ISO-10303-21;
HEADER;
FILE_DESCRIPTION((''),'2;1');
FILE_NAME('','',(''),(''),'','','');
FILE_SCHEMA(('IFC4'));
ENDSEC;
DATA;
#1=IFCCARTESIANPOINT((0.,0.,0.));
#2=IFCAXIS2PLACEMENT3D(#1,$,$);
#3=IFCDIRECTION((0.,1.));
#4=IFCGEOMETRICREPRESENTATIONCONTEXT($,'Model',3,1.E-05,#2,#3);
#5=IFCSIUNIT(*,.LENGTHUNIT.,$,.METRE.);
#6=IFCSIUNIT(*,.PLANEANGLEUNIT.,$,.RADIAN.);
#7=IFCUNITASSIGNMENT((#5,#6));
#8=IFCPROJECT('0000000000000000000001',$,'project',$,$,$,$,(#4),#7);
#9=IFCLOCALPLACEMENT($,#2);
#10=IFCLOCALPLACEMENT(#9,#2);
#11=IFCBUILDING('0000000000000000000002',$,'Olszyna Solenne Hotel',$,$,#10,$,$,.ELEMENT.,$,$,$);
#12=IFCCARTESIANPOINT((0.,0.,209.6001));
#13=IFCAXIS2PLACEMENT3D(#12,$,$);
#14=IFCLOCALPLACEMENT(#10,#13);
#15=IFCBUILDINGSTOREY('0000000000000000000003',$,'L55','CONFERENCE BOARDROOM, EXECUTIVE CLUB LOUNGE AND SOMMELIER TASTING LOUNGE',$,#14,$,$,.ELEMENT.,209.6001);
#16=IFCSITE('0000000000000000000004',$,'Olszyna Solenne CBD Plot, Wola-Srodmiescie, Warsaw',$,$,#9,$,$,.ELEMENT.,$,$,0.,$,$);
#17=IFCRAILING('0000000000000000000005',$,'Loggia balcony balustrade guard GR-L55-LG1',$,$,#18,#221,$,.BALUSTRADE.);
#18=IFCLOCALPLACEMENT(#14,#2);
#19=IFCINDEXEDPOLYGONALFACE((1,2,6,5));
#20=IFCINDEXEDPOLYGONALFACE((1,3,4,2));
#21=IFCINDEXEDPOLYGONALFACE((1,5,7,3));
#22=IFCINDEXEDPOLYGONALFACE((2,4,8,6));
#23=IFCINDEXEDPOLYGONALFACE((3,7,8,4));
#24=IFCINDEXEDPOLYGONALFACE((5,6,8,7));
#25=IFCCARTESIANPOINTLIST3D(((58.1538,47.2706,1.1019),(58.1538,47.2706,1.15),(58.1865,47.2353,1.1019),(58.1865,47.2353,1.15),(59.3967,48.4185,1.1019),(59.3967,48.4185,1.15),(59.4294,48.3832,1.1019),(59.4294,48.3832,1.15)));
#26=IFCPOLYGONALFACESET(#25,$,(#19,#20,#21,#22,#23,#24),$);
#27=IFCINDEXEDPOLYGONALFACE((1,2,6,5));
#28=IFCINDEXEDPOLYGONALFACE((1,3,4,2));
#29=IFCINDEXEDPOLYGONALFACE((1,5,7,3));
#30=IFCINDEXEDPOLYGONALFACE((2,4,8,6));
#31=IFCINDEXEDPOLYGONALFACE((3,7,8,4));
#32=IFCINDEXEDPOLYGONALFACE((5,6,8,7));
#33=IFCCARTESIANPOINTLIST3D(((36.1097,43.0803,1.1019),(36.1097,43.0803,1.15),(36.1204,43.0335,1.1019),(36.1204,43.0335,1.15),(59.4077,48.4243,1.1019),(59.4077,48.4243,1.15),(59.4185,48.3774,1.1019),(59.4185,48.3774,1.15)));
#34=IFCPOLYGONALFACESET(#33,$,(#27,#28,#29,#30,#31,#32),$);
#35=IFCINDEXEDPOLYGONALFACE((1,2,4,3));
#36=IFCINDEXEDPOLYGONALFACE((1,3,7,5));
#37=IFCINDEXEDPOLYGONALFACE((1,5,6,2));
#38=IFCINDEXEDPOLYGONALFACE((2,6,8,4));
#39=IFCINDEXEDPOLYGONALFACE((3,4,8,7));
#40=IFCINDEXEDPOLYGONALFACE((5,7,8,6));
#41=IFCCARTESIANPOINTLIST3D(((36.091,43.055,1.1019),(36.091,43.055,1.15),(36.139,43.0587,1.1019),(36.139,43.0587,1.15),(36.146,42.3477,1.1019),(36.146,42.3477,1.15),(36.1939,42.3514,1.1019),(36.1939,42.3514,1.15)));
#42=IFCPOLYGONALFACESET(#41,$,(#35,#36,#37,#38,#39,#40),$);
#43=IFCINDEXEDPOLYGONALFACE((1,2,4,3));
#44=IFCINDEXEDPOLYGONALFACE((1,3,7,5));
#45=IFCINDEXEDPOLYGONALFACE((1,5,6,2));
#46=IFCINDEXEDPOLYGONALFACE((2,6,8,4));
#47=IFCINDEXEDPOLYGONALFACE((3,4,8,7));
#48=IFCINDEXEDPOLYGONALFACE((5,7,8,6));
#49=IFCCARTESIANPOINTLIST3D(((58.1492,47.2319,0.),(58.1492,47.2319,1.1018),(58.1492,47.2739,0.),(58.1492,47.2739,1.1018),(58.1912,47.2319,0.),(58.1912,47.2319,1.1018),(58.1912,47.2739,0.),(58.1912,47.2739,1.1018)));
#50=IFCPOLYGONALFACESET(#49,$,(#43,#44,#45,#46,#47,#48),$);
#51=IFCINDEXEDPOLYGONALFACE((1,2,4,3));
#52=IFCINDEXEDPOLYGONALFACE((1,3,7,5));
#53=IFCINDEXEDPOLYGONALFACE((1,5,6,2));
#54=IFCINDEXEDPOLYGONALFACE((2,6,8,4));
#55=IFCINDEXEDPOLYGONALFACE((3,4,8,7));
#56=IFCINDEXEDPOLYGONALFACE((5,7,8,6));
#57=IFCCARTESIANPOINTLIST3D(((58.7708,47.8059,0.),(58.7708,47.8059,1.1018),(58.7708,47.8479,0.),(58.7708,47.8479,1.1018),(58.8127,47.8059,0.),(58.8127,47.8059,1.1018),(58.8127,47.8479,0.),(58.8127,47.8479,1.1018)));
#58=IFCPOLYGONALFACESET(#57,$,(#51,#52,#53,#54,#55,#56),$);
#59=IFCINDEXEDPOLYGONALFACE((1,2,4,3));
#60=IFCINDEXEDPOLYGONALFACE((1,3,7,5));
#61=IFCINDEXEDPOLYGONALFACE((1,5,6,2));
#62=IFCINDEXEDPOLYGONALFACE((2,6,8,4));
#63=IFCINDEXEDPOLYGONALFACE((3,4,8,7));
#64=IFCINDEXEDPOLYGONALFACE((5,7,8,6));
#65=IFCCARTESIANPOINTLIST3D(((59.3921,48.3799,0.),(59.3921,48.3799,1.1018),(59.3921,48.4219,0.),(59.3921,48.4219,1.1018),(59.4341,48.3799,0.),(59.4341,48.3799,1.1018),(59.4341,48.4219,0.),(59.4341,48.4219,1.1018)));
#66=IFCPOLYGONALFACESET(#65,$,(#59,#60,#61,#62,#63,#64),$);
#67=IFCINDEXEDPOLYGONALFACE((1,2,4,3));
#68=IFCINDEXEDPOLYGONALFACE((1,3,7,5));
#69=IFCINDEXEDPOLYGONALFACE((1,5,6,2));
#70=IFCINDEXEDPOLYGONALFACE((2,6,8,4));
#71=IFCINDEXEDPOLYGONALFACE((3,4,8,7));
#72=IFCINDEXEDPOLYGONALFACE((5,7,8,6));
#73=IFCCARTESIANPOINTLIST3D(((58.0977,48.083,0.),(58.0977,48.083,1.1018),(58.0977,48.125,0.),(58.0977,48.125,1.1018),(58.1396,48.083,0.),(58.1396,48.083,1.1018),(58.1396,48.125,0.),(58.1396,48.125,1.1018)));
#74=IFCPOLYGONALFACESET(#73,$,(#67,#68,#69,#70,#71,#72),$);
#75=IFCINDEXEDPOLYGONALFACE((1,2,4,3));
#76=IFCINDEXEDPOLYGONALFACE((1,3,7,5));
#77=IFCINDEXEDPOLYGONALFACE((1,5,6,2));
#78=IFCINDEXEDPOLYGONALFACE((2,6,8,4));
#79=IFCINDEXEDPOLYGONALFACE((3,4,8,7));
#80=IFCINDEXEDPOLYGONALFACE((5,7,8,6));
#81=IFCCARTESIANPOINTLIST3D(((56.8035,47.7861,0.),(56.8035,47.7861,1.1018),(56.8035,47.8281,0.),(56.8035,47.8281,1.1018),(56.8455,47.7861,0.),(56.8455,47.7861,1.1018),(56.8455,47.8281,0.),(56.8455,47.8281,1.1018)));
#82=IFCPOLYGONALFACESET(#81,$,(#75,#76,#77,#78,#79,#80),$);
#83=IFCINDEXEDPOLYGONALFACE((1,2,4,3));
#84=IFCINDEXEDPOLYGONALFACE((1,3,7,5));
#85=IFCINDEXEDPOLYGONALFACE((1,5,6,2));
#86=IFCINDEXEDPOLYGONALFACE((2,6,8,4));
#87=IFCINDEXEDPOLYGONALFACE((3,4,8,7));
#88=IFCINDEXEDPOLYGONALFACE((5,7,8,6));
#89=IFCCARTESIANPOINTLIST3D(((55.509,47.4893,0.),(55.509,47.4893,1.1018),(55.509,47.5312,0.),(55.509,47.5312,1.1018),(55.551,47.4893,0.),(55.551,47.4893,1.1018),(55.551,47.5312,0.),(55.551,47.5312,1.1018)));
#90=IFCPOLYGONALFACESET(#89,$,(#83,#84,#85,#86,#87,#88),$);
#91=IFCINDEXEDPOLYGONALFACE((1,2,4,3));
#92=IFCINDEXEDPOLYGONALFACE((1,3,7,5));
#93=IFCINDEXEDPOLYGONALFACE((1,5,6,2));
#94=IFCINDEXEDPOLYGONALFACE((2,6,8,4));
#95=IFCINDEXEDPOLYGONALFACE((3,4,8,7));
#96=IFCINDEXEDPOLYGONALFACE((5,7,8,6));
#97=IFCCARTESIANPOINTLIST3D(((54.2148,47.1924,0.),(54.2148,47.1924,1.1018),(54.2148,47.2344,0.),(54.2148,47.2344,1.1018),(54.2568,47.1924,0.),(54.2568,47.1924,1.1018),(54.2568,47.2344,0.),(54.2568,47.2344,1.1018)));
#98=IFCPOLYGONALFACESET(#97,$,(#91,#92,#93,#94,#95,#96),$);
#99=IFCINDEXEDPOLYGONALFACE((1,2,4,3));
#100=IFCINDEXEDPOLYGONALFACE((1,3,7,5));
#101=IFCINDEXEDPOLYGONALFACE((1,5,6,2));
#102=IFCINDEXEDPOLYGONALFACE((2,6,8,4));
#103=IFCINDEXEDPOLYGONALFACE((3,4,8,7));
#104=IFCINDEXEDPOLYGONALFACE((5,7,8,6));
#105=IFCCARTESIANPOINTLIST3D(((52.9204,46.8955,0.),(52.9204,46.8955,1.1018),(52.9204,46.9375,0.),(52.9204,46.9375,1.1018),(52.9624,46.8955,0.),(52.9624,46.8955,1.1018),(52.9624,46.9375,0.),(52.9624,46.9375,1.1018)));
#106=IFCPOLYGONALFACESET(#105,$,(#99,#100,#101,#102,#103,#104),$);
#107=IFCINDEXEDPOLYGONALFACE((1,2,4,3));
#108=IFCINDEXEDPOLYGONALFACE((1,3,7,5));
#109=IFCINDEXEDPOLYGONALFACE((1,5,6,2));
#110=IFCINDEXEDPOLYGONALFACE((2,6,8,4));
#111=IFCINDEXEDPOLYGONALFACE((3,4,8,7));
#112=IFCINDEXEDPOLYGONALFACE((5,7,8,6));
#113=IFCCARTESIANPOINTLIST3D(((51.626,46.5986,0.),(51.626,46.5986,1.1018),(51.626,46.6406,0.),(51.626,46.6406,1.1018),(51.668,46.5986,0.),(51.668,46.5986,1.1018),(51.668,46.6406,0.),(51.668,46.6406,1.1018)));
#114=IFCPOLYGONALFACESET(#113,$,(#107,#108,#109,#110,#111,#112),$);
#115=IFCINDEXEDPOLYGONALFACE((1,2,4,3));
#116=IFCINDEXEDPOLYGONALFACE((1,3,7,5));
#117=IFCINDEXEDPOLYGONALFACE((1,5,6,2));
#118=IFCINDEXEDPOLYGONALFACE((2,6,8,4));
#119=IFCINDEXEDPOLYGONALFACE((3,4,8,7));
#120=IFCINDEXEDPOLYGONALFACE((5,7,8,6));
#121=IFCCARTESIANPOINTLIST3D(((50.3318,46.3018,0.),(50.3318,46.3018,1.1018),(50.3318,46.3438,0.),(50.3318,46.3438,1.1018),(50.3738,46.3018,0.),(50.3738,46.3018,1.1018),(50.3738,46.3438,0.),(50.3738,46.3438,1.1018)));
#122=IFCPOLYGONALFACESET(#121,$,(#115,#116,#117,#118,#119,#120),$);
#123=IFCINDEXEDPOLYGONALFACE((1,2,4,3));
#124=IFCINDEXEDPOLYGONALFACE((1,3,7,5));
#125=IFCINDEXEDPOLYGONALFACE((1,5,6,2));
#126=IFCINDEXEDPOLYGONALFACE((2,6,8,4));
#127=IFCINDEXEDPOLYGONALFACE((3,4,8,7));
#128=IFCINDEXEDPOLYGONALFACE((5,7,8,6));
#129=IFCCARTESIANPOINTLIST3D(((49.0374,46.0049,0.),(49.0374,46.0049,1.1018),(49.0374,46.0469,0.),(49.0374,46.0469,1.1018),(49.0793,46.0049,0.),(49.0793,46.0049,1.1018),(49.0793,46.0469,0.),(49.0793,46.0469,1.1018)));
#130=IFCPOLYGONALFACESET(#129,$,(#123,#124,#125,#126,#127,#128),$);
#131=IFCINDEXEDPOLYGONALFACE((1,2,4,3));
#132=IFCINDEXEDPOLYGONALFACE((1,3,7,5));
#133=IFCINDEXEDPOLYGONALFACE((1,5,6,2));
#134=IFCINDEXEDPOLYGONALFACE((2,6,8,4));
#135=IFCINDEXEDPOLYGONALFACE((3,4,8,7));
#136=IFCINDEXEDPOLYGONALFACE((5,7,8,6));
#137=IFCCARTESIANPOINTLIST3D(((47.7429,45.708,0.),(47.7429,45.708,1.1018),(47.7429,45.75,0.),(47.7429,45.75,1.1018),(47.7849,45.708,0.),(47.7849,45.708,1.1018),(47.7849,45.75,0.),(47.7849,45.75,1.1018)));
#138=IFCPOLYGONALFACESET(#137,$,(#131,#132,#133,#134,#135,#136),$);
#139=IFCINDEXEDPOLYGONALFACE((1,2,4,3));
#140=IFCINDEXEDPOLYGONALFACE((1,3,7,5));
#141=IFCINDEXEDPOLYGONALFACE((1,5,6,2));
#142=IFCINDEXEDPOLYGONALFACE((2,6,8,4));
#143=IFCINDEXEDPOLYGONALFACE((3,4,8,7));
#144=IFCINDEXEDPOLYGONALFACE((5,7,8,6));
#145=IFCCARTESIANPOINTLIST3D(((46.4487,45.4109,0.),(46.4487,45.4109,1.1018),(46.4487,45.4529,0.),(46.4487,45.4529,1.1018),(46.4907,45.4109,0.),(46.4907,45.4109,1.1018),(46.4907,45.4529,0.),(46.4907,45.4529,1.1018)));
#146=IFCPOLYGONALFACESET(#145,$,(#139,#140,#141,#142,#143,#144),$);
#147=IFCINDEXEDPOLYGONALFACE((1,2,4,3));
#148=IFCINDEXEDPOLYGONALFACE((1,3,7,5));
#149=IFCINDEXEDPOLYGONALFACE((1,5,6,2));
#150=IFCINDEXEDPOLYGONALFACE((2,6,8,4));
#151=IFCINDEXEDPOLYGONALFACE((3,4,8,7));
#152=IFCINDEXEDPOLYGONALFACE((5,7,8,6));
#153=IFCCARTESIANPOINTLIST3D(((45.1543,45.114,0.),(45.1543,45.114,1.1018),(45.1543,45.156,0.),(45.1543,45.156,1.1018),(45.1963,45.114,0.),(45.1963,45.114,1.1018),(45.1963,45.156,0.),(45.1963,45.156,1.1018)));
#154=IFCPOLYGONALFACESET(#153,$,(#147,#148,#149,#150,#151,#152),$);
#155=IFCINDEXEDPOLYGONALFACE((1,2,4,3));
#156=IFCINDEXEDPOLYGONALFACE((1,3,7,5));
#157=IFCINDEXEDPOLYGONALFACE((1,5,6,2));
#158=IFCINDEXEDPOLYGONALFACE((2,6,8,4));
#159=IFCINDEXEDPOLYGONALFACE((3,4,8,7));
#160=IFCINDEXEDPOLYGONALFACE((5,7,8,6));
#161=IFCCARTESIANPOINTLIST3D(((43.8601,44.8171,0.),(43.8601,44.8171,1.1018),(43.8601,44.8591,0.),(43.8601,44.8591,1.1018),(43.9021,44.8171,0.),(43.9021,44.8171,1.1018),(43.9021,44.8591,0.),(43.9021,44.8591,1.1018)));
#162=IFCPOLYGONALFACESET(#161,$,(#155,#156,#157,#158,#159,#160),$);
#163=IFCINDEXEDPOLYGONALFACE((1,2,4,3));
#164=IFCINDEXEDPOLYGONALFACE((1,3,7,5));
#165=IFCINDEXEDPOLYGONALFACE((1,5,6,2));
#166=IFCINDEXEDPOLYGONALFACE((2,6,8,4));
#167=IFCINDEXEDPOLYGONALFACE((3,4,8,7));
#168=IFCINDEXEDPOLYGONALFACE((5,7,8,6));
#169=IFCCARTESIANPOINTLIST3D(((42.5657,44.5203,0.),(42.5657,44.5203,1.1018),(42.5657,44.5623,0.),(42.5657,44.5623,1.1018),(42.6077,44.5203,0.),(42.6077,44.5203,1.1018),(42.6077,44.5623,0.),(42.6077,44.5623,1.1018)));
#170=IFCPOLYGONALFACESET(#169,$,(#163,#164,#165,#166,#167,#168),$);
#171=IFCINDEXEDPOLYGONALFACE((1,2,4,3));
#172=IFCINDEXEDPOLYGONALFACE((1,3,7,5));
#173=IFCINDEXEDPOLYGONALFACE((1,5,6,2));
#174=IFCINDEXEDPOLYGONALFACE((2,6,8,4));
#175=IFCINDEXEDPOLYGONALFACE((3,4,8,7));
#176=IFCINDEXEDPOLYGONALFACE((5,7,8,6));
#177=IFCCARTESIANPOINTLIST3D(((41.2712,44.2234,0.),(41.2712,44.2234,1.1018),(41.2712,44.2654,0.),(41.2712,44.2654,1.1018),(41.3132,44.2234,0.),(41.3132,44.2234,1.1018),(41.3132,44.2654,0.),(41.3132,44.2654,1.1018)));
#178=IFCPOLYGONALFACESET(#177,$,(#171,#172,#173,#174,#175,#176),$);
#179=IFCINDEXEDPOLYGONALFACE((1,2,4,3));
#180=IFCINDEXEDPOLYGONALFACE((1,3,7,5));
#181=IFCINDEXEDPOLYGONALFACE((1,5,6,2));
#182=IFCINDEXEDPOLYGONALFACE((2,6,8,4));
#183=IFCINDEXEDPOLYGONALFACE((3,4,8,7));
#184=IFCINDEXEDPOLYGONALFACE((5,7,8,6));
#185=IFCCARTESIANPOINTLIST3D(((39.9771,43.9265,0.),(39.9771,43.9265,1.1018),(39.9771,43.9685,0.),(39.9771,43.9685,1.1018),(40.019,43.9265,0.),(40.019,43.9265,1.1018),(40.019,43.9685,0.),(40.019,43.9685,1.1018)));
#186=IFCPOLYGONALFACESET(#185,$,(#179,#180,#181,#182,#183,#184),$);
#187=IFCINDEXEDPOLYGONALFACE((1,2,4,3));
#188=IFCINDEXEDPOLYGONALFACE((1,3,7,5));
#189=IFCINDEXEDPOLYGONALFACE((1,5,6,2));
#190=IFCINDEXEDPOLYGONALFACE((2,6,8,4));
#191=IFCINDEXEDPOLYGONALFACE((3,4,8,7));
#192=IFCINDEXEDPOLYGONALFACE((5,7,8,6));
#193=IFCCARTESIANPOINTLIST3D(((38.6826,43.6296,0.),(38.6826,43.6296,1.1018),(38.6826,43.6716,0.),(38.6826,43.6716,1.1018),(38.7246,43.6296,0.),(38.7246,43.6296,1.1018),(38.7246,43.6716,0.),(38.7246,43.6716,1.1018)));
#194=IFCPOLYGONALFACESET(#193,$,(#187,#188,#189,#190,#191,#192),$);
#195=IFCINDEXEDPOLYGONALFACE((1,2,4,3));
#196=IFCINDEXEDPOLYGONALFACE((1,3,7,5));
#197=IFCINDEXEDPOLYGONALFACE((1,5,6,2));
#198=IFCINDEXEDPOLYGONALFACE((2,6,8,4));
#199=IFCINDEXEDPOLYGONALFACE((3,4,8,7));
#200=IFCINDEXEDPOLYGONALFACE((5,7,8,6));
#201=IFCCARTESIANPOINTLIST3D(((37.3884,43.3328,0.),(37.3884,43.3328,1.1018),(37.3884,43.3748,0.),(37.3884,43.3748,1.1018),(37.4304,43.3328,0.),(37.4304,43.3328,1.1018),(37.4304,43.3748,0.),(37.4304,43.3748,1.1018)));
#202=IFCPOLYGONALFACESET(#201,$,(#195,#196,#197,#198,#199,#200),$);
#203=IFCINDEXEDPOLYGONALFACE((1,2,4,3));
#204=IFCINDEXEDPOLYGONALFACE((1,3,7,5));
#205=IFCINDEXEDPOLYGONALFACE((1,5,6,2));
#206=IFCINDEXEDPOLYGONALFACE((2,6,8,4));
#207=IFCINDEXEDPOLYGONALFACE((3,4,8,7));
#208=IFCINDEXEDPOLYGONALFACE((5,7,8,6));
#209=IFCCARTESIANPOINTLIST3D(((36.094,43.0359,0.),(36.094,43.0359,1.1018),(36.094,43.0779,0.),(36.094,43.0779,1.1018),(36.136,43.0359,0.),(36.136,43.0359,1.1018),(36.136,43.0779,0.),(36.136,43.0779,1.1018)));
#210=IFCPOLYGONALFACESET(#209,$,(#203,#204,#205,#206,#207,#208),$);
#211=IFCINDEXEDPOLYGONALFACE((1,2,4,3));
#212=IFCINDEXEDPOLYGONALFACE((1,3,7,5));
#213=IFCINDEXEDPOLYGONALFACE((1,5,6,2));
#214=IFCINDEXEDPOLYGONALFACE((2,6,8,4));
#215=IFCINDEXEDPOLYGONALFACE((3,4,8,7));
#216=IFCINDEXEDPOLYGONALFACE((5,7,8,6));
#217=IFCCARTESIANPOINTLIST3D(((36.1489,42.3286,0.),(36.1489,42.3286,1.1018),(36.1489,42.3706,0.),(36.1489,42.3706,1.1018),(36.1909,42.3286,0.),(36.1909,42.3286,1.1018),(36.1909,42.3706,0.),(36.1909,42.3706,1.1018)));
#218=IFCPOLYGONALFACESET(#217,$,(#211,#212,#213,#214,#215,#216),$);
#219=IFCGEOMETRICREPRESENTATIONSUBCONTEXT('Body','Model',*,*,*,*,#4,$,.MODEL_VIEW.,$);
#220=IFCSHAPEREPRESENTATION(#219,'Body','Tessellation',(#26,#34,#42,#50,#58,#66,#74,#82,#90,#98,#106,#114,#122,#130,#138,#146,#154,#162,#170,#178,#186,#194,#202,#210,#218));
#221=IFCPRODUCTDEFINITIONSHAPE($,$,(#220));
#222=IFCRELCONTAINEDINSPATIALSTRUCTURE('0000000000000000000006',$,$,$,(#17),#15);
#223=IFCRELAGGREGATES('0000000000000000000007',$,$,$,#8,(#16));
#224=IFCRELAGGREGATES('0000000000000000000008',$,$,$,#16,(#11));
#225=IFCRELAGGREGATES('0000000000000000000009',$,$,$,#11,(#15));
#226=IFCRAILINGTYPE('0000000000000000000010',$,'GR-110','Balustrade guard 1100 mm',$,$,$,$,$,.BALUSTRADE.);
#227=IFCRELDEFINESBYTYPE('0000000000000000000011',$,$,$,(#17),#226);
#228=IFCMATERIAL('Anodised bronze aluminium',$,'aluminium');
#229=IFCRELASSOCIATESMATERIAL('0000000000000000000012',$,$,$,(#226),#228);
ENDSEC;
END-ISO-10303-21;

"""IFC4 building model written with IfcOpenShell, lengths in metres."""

from ifc_helpers import new_model, si_unit, direction, frame, origin, origin_2d, place, context, subcontext, project, spatial, rectangle, extrude, material, type_object, element, save


model = new_model("IFC4")

# Units and contexts
model_context = context("Model", 3, precision=1e-05, world=origin(), true_north=direction((0.0, 1.0)))
body_context = subcontext(model_context, "Body", "Model", "MODEL_VIEW")
ifc_project = project(units=[si_unit("LENGTHUNIT", "METRE"), si_unit("PLANEANGLEUNIT", "RADIAN")], contexts=[model_context])

# Site, building, storey
site_placement = place(None, origin())
site = spatial("IfcSite", under=ifc_project, at=site_placement, Name="Olszyna Solenne CBD Plot, Wola-Srodmiescie, Warsaw", CompositionType="ELEMENT", RefElevation=0.0)
building_placement = place(site_placement, origin())
building = spatial("IfcBuilding", under=site, at=building_placement, Name="Olszyna Solenne Hotel", CompositionType="ELEMENT")
storey_placement = place(building_placement, frame((0.0, 0.0, 209.6001)))
storey = spatial("IfcBuildingStorey", under=building, at=storey_placement, Name="L55", Description="CONFERENCE BOARDROOM, EXECUTIVE CLUB LOUNGE AND SOMMELIER TASTING LOUNGE", CompositionType="ELEMENT", Elevation=209.6001)

# Railing
ifc_material_1 = material(Name="Anodised bronze aluminium", Category="aluminium")
railing_type = type_object("IfcRailingType", Name="GR-110", Description="Balustrade guard 1100 mm", PredefinedType="BALUSTRADE", material=ifc_material_1)
railing_placement = place(storey_placement, frame((58.1702, 47.2529, 0.0)))
element("IfcRailing", 1, at=railing_placement, inside=storey, type_object=railing_type, Name="Loggia balcony balustrade guard GR-L55-LG1", PredefinedType="BALUSTRADE", context=body_context, shape_type="SweptSolid", body=[
    extrude(rectangle(XDim=0.0481, YDim=0.0481, at=origin_2d()), frame((0.0, 0.0, 1.126), z_axis=(0.734615, 0.678484, 0.0), x_axis=(-0.678484, 0.734615, 0.0)), (0.0, 0.0, 1.0), 1.6919),
    extrude(rectangle(XDim=0.0481, YDim=0.0481, at=origin_2d()), frame((1.2429, 1.1479, 1.126), z_axis=(-0.974688, -0.223569, 0.0), x_axis=(0.223569, -0.974688, 0.0)), (0.0, 0.0, 1.0), 23.9031),
    extrude(rectangle(XDim=0.0481, YDim=0.0481, at=origin_2d()), frame((-22.0552, -4.196, 1.126), z_axis=(0.077433, -0.996998, 0.0), x_axis=(0.996998, 0.077433, 0.0)), (0.0, 0.0, 1.0), 0.7095),
    extrude(rectangle(XDim=0.042, YDim=0.042, at=origin_2d()), origin(), (0.0, 0.0, 1.0), 1.1018),
    extrude(rectangle(XDim=0.042, YDim=0.042, at=origin_2d()), frame((0.6216, 0.574, 0.0)), (0.0, 0.0, 1.0), 1.1018),
    extrude(rectangle(XDim=0.042, YDim=0.042, at=origin_2d()), frame((1.2429, 1.1479, 0.0)), (0.0, 0.0, 1.0), 1.1018),
    extrude(rectangle(XDim=0.042, YDim=0.042, at=origin_2d()), frame((-0.0515, 0.8511, 0.0)), (0.0, 0.0, 1.0), 1.1018),
    extrude(rectangle(XDim=0.042, YDim=0.042, at=origin_2d()), frame((-1.3457, 0.5542, 0.0)), (0.0, 0.0, 1.0), 1.1018),
    extrude(rectangle(XDim=0.042, YDim=0.042, at=origin_2d()), frame((-2.6401, 0.2573, 0.0)), (0.0, 0.0, 1.0), 1.1018),
    extrude(rectangle(XDim=0.042, YDim=0.042, at=origin_2d()), frame((-3.9343, -0.0396, 0.0)), (0.0, 0.0, 1.0), 1.1018),
    extrude(rectangle(XDim=0.042, YDim=0.042, at=origin_2d()), frame((-5.2288, -0.3364, 0.0)), (0.0, 0.0, 1.0), 1.1018),
    extrude(rectangle(XDim=0.042, YDim=0.042, at=origin_2d()), frame((-6.5232, -0.6333, 0.0)), (0.0, 0.0, 1.0), 1.1018),
    extrude(rectangle(XDim=0.042, YDim=0.042, at=origin_2d()), frame((-7.8174, -0.9302, 0.0)), (0.0, 0.0, 1.0), 1.1018),
    extrude(rectangle(XDim=0.042, YDim=0.042, at=origin_2d()), frame((-9.1118, -1.2271, 0.0)), (0.0, 0.0, 1.0), 1.1018),
    extrude(rectangle(XDim=0.042, YDim=0.042, at=origin_2d()), frame((-10.4062, -1.5239, 0.0)), (0.0, 0.0, 1.0), 1.1018),
    extrude(rectangle(XDim=0.042, YDim=0.042, at=origin_2d()), frame((-11.7004, -1.821, 0.0)), (0.0, 0.0, 1.0), 1.1018),
    extrude(rectangle(XDim=0.042, YDim=0.042, at=origin_2d()), frame((-12.9949, -2.1179, 0.0)), (0.0, 0.0, 1.0), 1.1018),
    extrude(rectangle(XDim=0.042, YDim=0.042, at=origin_2d()), frame((-14.2891, -2.4148, 0.0)), (0.0, 0.0, 1.0), 1.1018),
    extrude(rectangle(XDim=0.042, YDim=0.042, at=origin_2d()), frame((-15.5835, -2.7117, 0.0)), (0.0, 0.0, 1.0), 1.1018),
    extrude(rectangle(XDim=0.042, YDim=0.042, at=origin_2d()), frame((-16.8779, -3.0085, 0.0)), (0.0, 0.0, 1.0), 1.1018),
    extrude(rectangle(XDim=0.042, YDim=0.042, at=origin_2d()), frame((-18.1721, -3.3054, 0.0)), (0.0, 0.0, 1.0), 1.1018),
    extrude(rectangle(XDim=0.042, YDim=0.042, at=origin_2d()), frame((-19.4666, -3.6023, 0.0)), (0.0, 0.0, 1.0), 1.1018),
    extrude(rectangle(XDim=0.042, YDim=0.042, at=origin_2d()), frame((-20.7607, -3.8992, 0.0)), (0.0, 0.0, 1.0), 1.1018),
    extrude(rectangle(XDim=0.042, YDim=0.042, at=origin_2d()), frame((-22.0552, -4.196, 0.0)), (0.0, 0.0, 1.0), 1.1018),
    extrude(rectangle(XDim=0.042, YDim=0.042, at=origin_2d()), frame((-22.0002, -4.9033, 0.0)), (0.0, 0.0, 1.0), 1.1018),
])

save(model, "model.ifc")
